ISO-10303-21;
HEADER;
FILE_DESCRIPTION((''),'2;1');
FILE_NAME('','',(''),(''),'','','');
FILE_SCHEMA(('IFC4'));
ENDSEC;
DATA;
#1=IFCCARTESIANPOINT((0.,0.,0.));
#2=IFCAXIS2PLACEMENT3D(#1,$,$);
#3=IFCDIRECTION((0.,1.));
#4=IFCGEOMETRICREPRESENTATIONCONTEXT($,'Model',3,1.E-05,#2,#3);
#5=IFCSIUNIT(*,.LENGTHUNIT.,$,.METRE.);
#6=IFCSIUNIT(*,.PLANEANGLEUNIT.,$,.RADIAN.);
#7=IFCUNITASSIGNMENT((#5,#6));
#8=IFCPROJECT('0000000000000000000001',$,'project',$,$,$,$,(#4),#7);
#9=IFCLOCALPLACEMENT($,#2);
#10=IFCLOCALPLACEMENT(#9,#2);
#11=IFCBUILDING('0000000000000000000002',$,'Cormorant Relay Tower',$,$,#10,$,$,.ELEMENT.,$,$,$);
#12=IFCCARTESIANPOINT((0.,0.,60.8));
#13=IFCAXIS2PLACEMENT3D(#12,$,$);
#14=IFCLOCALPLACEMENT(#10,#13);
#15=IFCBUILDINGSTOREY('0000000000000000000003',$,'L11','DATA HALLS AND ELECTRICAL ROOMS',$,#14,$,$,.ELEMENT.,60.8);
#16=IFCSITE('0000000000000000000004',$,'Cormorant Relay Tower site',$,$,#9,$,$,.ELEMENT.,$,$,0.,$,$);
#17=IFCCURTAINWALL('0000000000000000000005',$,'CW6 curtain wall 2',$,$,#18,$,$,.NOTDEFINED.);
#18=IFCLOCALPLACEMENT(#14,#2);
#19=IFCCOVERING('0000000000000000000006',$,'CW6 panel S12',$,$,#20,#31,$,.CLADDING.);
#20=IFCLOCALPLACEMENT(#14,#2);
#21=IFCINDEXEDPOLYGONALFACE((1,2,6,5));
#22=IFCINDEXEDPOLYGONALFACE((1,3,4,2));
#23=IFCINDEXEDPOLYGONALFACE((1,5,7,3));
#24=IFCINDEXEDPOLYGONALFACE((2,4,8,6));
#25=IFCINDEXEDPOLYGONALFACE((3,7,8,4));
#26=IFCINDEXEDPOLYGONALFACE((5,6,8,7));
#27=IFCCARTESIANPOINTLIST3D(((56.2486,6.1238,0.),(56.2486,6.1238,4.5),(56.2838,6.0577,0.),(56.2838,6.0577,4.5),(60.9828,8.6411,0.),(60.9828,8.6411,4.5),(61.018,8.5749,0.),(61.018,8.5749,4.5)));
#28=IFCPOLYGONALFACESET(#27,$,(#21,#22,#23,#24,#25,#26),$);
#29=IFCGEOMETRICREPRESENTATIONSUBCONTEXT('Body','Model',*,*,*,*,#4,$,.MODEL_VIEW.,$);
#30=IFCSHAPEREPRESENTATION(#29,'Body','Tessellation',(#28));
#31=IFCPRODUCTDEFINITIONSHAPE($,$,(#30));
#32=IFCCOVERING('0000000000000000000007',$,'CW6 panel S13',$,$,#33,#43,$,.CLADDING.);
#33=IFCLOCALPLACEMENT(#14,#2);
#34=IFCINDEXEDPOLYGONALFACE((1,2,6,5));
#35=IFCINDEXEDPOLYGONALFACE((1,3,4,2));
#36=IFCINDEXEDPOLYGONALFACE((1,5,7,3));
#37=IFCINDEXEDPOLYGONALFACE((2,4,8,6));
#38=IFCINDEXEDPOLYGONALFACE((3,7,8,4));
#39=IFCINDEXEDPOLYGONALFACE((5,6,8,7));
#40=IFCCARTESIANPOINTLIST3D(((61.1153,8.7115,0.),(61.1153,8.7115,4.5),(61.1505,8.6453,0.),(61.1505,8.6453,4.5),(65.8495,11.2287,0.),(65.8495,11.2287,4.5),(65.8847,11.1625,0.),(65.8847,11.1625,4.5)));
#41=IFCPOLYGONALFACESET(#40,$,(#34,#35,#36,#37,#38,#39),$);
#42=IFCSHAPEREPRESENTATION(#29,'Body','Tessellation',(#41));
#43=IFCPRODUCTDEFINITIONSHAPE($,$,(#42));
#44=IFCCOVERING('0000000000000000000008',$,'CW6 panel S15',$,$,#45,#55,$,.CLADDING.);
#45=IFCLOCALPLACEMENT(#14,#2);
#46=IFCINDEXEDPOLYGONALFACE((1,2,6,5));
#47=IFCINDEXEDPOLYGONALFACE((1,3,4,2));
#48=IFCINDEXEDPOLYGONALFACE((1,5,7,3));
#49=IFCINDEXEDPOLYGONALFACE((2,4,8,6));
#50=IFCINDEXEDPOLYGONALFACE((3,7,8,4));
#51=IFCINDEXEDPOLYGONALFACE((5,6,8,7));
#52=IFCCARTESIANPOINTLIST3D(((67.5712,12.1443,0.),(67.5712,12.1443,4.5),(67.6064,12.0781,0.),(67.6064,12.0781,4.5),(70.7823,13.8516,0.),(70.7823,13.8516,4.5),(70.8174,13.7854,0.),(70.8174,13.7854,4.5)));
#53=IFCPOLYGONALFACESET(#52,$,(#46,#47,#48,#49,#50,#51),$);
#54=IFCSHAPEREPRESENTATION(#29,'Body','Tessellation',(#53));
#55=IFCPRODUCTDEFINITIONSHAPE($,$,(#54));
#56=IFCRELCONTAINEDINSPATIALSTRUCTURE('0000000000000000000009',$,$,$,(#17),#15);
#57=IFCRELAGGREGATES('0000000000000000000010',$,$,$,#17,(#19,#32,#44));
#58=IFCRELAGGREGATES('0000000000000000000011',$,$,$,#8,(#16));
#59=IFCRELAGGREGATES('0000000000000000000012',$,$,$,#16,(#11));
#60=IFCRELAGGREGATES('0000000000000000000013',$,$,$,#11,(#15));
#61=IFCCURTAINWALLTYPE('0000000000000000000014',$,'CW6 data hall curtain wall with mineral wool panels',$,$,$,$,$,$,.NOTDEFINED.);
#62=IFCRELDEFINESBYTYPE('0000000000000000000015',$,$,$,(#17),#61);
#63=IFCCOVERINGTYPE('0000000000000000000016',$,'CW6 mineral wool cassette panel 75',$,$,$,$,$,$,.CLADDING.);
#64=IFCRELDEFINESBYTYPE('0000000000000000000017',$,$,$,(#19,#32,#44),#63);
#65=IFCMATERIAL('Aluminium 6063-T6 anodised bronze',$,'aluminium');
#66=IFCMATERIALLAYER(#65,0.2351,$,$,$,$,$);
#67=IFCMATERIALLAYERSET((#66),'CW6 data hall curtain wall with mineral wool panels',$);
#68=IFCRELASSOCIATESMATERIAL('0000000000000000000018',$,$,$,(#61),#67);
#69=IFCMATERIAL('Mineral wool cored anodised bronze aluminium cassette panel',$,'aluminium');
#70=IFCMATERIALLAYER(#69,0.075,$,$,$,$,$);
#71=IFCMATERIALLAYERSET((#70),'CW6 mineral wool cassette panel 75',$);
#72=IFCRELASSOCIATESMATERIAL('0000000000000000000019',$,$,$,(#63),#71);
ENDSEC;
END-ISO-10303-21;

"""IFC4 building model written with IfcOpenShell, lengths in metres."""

from ifc_helpers import new_model, si_unit, direction, frame, origin, origin_2d, place, context, subcontext, project, spatial, rectangle, extrude, material, layer, layer_set, type_object, element, aggregate, save


model = new_model("IFC4")

# Units and contexts
model_context = context("Model", 3, precision=1e-05, world=origin(), true_north=direction((0.0, 1.0)))
body_context = subcontext(model_context, "Body", "Model", "MODEL_VIEW")
ifc_project = project(units=[si_unit("LENGTHUNIT", "METRE"), si_unit("PLANEANGLEUNIT", "RADIAN")], contexts=[model_context])

# Site, building, storey
site_placement = place(None, origin())
site = spatial("IfcSite", under=ifc_project, at=site_placement, Name="Cormorant Relay Tower site", CompositionType="ELEMENT", RefElevation=0.0)
building_placement = place(site_placement, origin())
building = spatial("IfcBuilding", under=site, at=building_placement, Name="Cormorant Relay Tower", CompositionType="ELEMENT")
storey_placement = place(building_placement, frame((0.0, 0.0, 60.8)))
storey = spatial("IfcBuildingStorey", under=building, at=storey_placement, Name="L11", Description="DATA HALLS AND ELECTRICAL ROOMS", CompositionType="ELEMENT", Elevation=60.8)

# Curtain wall
ifc_material_1 = material(Name="Aluminium 6063-T6 anodised bronze", Category="aluminium")
ifc_layer_1 = layer(ifc_material_1, 0.2351)
ifc_layer_set_1 = layer_set([ifc_layer_1], Name="CW6 data hall curtain wall with mineral wool panels")
curtain_wall_type = type_object("IfcCurtainWallType", Name="CW6 data hall curtain wall with mineral wool panels", PredefinedType="NOTDEFINED", material=ifc_layer_set_1)
curtain_wall_1_placement = place(storey_placement, origin())
curtain_wall_1 = element("IfcCurtainWall", 1, at=curtain_wall_1_placement, inside=storey, type_object=curtain_wall_type, Name="CW6 curtain wall 2", PredefinedType="NOTDEFINED")

# Coverings
ifc_material_2 = material(Name="Mineral wool cored anodised bronze aluminium cassette panel", Category="aluminium")
ifc_layer_2 = layer(ifc_material_2, 0.075)
ifc_layer_set_2 = layer_set([ifc_layer_2], Name="CW6 mineral wool cassette panel 75")
covering_type = type_object("IfcCoveringType", Name="CW6 mineral wool cassette panel 75", PredefinedType="CLADDING", material=ifc_layer_set_2)
covering_1_placement = place(storey_placement, frame((58.6333, 7.3494, 0.0), z_axis=(0.0, 0.0, 1.0), x_axis=(0.882948, 0.469472, 0.0)))
covering_1 = element("IfcCovering", 2, at=covering_1_placement, type_object=covering_type, Name="CW6 panel S12", PredefinedType="CLADDING", context=body_context, shape_type="SweptSolid", body=[
    extrude(rectangle(XDim=5.3618, YDim=0.075, at=origin_2d()), origin(), (0.0, 0.0, 1.0), 4.5),
])
covering_2_placement = place(storey_placement, frame((63.5, 9.937, 0.0), z_axis=(0.0, 0.0, 1.0), x_axis=(0.882948, 0.469472, 0.0)))
covering_2 = element("IfcCovering", 3, at=covering_2_placement, type_object=covering_type, Name="CW6 panel S13", PredefinedType="CLADDING", context=body_context, shape_type="SweptSolid", body=[
    extrude(rectangle(XDim=5.3618, YDim=0.075, at=origin_2d()), origin(), (0.0, 0.0, 1.0), 4.5),
])
covering_3_placement = place(storey_placement, frame((69.1943, 12.9648, 0.0), z_axis=(0.0, 0.0, 1.0), x_axis=(0.882948, 0.469472, 0.0)))
covering_3 = element("IfcCovering", 4, at=covering_3_placement, type_object=covering_type, Name="CW6 panel S15", PredefinedType="CLADDING", context=body_context, shape_type="SweptSolid", body=[
    extrude(rectangle(XDim=3.6367, YDim=0.075, at=origin_2d()), origin(), (0.0, 0.0, 1.0), 4.5),
])
aggregate(curtain_wall_1, [covering_1, covering_2, covering_3])

save(model, "model.ifc")
